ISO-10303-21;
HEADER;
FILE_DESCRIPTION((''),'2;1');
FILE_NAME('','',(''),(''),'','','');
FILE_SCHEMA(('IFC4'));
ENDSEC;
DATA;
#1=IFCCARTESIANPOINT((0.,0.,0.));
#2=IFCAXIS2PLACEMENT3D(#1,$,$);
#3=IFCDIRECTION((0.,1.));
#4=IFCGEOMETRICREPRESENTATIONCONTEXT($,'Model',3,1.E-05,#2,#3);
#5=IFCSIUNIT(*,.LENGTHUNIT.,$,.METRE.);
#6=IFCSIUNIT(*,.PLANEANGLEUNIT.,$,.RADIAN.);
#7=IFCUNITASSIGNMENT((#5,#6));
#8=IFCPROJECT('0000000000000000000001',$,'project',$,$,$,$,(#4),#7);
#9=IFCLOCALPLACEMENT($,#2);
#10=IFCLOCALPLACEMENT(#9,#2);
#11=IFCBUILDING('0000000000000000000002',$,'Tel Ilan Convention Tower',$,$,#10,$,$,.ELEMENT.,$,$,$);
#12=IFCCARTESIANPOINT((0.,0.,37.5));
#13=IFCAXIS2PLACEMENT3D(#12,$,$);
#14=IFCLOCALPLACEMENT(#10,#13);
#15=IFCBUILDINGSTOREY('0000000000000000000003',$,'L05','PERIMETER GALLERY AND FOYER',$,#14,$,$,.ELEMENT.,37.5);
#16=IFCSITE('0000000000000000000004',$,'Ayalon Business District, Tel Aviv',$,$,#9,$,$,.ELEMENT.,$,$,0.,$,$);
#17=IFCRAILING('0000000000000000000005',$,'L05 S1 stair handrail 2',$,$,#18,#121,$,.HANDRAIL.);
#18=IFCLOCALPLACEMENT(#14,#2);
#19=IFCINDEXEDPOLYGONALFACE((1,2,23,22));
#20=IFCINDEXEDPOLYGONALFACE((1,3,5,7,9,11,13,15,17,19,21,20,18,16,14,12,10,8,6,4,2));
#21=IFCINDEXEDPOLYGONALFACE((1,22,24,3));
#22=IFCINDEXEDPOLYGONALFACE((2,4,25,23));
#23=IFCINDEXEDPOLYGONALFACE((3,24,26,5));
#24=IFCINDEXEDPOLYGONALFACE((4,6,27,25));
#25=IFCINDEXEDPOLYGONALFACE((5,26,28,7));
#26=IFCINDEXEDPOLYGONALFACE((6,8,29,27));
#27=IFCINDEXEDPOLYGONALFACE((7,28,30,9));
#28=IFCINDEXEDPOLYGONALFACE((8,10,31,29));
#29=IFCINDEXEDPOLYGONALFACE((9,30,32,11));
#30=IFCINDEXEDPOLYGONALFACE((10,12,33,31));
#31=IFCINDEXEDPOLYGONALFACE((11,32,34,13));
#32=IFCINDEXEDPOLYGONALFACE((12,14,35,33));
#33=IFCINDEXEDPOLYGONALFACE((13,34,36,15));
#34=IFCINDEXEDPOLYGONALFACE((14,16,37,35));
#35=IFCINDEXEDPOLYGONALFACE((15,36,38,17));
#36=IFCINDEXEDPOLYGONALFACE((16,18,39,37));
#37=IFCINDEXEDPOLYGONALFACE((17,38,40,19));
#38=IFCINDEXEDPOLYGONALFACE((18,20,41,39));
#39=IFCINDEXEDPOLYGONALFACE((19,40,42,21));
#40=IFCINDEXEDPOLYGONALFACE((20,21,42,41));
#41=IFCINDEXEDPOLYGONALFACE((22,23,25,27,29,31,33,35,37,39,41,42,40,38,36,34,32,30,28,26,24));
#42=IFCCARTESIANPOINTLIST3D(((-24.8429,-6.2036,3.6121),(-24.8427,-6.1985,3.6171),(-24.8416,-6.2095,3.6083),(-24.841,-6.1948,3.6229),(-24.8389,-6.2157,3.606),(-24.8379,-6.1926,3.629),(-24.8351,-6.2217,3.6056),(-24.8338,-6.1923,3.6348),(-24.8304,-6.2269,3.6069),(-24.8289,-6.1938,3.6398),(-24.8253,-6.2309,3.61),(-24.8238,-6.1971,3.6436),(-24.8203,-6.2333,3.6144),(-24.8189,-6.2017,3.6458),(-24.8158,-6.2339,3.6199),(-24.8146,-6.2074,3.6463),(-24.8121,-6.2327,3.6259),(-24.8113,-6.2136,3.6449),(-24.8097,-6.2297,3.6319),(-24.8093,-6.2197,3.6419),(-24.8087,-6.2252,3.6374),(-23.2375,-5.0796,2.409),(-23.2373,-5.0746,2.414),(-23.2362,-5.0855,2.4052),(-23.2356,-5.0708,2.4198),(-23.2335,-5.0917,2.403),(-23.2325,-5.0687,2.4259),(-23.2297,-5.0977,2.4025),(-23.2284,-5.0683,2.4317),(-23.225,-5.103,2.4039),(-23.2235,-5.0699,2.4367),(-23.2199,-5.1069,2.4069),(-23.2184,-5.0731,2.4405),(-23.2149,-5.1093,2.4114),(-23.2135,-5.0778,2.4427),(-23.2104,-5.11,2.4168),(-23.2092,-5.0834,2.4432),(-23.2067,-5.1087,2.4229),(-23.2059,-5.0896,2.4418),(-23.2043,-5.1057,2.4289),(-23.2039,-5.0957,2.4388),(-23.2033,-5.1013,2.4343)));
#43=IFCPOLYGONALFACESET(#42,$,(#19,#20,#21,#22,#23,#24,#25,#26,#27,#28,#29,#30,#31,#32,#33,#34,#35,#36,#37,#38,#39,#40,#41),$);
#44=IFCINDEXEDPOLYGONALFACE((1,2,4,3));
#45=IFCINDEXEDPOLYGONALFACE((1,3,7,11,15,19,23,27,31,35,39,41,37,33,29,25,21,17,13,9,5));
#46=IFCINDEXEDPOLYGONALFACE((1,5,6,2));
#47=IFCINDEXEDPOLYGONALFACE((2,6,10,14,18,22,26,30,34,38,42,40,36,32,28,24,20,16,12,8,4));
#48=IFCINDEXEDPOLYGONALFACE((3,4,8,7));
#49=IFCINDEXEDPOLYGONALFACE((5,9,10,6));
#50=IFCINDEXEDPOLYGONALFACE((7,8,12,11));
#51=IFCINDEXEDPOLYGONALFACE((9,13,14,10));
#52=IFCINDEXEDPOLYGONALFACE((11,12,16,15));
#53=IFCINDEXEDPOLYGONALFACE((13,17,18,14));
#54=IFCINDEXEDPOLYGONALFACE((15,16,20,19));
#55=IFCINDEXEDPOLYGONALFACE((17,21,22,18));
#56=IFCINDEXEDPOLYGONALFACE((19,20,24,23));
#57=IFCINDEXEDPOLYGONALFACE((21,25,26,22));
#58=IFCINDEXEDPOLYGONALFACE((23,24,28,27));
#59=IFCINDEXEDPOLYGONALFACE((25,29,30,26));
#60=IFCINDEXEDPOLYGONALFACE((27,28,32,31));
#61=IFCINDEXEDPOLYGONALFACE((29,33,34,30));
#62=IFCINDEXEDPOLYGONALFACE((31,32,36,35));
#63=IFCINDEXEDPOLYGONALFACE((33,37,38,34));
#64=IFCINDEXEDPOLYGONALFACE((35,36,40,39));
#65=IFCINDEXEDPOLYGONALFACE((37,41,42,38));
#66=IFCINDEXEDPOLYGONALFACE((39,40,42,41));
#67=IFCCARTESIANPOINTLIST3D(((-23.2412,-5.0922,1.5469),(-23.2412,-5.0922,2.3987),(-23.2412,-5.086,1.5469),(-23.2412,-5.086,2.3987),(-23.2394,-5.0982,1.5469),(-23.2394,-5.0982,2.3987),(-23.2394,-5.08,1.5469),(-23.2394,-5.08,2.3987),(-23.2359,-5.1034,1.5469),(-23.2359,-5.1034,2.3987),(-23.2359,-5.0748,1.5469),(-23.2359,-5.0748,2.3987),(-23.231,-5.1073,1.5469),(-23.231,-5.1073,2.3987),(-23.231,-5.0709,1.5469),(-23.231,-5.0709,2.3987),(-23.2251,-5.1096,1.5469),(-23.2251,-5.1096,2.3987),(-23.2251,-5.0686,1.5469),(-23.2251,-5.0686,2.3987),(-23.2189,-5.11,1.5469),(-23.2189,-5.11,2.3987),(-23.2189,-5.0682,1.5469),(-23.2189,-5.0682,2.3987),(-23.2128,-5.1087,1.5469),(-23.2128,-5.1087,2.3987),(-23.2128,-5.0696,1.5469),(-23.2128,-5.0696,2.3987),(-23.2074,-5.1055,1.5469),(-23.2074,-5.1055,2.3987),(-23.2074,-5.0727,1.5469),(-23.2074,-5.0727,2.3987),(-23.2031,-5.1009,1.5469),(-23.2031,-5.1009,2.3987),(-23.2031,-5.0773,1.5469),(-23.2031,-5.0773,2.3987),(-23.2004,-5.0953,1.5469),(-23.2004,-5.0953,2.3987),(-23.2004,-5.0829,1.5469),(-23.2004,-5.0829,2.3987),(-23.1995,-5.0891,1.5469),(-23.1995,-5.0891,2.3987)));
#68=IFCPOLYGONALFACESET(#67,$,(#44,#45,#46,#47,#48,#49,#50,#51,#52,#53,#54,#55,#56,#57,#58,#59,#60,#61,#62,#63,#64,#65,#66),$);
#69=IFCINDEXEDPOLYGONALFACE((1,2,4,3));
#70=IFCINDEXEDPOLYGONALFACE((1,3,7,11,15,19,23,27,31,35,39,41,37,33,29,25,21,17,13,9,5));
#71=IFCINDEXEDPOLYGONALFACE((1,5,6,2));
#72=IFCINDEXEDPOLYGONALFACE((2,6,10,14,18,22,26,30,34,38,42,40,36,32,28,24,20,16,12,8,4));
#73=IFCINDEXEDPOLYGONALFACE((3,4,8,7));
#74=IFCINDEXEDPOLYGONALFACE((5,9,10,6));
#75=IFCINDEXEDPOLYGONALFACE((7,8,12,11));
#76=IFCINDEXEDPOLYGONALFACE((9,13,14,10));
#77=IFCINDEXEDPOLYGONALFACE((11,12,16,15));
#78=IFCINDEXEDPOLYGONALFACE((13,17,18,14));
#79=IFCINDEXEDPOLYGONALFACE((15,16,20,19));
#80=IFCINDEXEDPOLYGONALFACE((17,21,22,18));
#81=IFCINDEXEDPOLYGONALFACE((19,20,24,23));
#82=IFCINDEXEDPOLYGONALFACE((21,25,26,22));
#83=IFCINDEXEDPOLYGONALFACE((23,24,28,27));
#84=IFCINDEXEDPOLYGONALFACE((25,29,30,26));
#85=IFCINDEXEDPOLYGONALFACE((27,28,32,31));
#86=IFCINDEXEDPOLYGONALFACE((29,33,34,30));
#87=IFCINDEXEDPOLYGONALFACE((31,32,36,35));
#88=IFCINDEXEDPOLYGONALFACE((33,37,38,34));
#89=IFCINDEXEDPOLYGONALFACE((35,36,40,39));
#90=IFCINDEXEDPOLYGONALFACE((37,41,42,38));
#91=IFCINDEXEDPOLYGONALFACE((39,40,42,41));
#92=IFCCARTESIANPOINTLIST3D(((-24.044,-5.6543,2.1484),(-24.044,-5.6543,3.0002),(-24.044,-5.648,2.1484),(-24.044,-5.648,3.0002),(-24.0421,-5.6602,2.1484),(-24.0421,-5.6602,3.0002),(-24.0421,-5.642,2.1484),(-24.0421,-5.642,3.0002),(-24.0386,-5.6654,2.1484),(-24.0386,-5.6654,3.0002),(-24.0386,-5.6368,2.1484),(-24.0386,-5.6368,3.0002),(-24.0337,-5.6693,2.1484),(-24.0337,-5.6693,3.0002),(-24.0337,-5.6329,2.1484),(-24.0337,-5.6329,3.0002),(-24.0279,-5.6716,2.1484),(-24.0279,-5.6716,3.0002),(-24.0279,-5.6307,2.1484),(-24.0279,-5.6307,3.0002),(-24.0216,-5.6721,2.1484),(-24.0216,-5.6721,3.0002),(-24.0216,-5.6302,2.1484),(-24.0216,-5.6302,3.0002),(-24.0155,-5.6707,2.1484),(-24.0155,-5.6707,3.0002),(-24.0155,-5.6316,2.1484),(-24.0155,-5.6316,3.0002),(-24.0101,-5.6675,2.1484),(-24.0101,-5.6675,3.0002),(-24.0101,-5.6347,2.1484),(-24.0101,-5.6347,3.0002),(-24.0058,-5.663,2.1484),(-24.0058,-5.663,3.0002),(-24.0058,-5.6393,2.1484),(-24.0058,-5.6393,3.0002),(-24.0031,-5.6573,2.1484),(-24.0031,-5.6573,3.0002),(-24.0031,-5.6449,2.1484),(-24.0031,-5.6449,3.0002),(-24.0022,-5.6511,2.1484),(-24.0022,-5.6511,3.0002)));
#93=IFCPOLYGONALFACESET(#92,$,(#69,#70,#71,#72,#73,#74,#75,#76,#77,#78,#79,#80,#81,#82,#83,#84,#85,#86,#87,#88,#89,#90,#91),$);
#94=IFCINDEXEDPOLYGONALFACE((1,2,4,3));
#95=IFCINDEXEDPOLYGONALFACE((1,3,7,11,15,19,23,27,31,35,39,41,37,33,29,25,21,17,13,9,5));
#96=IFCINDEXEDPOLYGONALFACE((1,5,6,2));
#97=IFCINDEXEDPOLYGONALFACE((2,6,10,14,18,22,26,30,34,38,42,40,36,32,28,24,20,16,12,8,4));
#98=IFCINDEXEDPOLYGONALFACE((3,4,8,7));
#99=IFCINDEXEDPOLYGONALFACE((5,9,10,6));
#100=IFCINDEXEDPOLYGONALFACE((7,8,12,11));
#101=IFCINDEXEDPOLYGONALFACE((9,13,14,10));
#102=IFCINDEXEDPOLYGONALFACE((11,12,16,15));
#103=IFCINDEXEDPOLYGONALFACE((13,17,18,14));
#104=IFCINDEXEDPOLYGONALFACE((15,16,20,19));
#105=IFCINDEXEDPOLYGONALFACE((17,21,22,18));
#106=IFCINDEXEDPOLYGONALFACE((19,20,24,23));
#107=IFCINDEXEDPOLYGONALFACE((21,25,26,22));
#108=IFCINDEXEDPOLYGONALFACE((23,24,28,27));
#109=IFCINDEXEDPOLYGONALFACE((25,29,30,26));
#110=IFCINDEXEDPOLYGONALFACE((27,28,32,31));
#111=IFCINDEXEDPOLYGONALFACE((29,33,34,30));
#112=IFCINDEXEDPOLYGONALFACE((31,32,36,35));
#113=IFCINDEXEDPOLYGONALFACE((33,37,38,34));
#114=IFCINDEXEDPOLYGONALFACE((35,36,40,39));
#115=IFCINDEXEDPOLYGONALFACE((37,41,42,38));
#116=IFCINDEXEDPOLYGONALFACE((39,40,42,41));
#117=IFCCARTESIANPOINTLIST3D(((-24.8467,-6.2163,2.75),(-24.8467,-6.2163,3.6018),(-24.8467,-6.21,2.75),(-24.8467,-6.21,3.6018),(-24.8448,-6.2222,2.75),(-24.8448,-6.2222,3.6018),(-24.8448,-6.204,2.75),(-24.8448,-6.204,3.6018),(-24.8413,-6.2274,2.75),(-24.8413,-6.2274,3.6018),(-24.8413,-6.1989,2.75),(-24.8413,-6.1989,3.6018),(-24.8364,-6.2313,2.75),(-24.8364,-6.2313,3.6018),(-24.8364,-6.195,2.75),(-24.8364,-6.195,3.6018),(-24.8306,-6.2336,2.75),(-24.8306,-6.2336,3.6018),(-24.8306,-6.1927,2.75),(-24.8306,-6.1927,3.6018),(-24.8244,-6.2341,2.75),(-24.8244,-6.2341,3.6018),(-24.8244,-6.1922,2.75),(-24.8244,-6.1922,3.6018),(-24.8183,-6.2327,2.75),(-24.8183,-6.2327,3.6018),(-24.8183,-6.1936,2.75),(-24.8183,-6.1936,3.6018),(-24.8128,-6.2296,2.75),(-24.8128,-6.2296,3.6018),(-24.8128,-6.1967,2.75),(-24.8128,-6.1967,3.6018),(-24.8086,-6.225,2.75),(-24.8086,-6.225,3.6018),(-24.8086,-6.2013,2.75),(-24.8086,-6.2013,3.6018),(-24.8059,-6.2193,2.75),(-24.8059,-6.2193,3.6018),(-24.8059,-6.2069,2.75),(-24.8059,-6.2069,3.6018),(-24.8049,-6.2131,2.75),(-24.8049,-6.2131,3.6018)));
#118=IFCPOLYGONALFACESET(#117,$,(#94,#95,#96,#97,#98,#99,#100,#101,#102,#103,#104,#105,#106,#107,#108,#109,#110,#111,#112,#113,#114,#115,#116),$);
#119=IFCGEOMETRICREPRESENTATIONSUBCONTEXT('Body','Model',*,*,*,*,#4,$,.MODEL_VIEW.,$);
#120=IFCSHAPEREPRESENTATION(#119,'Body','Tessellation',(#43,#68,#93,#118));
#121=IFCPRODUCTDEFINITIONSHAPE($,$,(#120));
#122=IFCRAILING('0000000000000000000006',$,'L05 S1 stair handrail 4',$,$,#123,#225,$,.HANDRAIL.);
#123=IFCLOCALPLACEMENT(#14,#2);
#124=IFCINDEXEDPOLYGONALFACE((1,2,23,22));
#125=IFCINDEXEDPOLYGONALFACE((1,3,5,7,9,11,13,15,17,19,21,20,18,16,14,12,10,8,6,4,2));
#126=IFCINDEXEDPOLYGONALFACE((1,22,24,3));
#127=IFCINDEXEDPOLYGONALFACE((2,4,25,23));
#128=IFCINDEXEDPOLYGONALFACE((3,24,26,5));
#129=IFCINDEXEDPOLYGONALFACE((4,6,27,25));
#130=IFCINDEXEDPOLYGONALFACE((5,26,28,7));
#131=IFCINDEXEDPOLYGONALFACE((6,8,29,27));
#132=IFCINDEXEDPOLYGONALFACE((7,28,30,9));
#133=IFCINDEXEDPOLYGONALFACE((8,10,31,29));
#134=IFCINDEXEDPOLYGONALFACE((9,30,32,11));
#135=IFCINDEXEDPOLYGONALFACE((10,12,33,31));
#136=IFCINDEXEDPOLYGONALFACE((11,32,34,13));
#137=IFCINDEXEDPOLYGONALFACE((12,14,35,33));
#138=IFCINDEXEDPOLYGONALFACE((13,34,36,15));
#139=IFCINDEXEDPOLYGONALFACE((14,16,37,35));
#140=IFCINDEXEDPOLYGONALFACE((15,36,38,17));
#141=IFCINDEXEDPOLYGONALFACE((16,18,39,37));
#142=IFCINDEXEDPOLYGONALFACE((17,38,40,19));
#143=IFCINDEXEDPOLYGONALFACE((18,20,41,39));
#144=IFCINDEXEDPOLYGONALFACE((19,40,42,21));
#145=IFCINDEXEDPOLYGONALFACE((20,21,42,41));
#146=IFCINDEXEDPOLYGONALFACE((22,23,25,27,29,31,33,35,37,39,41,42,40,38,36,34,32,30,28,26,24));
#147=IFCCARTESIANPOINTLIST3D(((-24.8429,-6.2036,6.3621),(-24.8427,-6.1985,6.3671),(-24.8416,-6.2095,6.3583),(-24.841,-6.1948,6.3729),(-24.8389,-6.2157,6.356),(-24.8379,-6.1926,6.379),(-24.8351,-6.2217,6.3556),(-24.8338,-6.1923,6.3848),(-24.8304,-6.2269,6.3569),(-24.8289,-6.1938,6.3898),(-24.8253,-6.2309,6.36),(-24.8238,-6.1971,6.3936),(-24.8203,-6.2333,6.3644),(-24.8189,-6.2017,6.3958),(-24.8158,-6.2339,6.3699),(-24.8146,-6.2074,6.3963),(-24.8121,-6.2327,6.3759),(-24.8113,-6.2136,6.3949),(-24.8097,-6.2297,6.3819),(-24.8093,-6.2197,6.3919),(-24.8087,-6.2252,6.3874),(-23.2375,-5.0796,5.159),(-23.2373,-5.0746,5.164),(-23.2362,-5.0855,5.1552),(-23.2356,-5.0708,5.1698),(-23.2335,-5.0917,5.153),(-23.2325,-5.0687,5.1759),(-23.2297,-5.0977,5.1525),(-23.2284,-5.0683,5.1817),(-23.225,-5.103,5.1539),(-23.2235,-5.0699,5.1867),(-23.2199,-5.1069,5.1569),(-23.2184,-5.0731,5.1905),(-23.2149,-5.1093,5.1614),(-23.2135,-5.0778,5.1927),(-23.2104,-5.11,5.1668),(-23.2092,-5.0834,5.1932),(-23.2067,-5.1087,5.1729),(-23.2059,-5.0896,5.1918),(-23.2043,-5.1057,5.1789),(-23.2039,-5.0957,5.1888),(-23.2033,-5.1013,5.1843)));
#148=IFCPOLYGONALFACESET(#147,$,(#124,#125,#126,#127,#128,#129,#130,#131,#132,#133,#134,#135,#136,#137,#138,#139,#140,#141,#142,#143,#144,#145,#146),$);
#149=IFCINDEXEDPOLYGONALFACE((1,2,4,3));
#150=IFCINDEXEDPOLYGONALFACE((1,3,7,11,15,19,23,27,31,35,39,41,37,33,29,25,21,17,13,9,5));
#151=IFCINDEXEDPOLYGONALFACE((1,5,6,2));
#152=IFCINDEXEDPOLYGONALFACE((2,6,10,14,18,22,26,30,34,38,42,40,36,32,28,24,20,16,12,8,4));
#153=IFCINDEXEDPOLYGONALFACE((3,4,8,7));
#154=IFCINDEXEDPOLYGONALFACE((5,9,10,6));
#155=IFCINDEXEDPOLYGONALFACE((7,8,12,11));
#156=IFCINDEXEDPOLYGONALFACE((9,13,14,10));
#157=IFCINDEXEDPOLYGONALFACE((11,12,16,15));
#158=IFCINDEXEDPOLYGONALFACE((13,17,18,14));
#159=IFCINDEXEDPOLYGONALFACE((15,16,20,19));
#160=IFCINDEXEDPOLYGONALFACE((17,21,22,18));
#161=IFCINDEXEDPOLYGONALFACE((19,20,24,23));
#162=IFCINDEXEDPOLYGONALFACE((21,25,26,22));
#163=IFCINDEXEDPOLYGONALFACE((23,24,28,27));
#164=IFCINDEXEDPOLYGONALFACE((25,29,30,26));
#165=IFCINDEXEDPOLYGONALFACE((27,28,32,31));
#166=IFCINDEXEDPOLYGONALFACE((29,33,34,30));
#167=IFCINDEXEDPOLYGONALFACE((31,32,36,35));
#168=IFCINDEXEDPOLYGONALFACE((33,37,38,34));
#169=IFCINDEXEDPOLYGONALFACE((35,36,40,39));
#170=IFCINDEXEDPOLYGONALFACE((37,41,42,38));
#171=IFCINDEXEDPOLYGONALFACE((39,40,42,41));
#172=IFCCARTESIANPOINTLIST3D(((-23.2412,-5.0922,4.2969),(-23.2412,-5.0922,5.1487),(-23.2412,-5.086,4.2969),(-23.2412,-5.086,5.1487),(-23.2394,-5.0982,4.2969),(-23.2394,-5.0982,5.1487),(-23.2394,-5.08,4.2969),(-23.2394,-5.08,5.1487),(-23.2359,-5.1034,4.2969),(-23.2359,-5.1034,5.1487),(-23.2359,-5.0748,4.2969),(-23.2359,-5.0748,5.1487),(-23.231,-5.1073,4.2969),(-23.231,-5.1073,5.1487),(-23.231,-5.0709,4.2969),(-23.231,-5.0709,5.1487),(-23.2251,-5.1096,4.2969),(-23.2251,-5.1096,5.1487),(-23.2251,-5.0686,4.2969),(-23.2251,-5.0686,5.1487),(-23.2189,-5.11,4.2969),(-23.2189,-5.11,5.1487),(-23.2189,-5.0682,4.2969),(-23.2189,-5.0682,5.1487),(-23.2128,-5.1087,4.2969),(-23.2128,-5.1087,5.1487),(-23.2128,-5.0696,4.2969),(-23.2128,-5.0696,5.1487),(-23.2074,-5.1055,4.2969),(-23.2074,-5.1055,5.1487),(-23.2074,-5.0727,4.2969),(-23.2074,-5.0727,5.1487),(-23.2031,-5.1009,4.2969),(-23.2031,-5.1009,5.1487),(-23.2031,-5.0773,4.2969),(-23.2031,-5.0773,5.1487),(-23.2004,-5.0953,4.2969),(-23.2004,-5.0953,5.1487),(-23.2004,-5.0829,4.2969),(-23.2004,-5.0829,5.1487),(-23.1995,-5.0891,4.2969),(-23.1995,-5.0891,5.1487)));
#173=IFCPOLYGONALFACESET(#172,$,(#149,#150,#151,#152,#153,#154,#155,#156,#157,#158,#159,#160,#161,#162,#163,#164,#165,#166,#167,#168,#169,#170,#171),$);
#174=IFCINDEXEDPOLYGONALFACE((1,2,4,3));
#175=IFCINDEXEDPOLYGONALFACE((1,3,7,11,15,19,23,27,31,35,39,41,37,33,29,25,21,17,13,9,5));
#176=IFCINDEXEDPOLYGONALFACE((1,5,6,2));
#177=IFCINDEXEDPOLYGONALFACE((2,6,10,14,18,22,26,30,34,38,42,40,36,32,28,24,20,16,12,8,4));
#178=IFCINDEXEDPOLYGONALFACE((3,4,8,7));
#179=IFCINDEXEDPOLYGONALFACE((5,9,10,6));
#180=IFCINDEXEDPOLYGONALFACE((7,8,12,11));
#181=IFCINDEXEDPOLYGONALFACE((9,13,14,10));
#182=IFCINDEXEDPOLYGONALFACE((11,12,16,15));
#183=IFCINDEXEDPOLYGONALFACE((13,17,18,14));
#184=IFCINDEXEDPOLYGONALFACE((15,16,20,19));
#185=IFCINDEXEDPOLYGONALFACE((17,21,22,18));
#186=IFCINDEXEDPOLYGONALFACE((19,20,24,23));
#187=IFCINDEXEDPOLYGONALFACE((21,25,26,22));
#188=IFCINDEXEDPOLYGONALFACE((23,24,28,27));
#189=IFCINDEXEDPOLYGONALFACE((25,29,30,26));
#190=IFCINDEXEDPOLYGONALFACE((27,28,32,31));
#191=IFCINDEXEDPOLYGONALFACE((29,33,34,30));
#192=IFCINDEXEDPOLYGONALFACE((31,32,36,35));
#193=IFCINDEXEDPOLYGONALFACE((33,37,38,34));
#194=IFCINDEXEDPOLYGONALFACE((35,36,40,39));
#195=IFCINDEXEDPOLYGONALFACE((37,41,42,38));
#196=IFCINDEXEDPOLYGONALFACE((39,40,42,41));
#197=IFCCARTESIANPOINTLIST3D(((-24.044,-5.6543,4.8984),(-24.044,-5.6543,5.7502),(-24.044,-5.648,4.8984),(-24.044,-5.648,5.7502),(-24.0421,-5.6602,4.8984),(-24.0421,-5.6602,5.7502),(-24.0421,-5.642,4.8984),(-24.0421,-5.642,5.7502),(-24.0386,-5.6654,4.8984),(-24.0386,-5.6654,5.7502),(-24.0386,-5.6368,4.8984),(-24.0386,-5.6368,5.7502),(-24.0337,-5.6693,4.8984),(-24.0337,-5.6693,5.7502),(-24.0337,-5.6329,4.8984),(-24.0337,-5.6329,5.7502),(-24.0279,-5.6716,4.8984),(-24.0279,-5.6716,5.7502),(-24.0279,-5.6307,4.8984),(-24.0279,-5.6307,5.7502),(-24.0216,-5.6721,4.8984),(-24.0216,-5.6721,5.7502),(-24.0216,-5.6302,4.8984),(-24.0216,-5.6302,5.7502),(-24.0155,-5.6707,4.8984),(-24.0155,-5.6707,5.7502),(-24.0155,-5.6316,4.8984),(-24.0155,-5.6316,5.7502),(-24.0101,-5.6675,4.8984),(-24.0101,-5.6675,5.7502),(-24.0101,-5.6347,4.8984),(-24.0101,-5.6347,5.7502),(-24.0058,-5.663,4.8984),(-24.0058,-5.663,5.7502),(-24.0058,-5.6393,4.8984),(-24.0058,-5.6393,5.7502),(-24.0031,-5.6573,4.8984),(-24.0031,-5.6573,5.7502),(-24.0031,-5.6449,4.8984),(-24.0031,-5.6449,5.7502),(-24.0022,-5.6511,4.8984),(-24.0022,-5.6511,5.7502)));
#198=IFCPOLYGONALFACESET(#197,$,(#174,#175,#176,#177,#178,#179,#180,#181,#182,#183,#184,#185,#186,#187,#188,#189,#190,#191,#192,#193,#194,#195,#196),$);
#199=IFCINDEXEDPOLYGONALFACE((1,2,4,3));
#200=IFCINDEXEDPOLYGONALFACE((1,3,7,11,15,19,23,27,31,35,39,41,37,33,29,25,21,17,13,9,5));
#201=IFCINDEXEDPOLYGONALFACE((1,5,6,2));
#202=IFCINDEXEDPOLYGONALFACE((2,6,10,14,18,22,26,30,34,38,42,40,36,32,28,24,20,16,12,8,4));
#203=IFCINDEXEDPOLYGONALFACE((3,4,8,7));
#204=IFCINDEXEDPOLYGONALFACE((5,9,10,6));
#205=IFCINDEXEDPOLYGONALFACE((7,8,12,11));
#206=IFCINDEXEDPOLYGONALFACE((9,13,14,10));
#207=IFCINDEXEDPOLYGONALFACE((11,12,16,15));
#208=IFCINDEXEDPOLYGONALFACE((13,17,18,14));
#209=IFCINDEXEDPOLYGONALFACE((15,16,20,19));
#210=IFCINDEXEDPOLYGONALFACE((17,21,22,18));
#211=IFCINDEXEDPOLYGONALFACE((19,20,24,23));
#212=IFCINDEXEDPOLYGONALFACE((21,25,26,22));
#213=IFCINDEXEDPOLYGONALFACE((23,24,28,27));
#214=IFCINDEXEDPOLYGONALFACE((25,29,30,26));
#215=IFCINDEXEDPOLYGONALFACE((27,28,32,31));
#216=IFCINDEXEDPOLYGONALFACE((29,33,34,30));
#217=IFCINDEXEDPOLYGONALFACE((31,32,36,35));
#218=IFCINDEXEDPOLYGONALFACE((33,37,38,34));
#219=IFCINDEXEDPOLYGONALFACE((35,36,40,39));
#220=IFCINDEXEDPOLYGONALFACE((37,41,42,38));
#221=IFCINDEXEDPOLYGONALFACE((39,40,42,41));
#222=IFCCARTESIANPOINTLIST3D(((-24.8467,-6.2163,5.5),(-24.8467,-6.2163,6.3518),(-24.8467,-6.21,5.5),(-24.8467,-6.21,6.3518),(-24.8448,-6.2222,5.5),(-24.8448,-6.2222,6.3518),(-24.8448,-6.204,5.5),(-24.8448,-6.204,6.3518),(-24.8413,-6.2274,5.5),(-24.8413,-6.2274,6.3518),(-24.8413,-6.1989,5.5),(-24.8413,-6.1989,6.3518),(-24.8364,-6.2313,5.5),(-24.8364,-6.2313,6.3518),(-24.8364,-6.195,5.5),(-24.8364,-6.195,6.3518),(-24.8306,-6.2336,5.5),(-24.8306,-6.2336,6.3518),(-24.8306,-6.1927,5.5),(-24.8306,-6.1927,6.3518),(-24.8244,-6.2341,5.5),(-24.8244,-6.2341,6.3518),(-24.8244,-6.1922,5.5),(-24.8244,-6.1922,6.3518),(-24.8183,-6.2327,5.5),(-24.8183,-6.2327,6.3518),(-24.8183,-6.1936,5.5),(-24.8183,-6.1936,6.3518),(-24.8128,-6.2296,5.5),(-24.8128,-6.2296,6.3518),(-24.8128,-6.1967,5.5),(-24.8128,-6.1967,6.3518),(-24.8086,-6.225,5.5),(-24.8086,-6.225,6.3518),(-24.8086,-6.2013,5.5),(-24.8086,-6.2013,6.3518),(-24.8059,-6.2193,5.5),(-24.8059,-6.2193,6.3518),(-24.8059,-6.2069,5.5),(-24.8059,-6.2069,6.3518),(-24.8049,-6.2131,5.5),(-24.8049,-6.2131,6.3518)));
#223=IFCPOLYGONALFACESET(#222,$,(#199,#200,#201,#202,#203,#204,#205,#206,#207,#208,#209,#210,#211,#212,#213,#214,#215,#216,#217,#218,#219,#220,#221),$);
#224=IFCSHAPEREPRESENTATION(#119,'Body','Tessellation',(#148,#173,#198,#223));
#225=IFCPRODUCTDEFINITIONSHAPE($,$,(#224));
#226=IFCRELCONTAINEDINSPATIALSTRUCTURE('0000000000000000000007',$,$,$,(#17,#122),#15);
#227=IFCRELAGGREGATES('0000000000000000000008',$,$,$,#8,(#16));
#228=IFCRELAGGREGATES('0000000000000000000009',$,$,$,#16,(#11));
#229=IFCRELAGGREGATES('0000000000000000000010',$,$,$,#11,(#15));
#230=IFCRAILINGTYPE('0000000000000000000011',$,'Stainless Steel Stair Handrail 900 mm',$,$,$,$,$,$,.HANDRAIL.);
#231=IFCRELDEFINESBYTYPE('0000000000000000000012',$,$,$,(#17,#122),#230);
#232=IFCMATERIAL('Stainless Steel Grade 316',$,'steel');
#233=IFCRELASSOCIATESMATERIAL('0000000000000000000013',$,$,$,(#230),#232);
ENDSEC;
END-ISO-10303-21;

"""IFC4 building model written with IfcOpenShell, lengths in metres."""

from ifc_helpers import new_model, si_unit, direction, frame, origin, origin_2d, place, context, subcontext, project, spatial, circle, extrude, material, type_object, element, save


model = new_model("IFC4")

# Units and contexts
model_context = context("Model", 3, precision=1e-05, world=origin(), true_north=direction((0.0, 1.0)))
body_context = subcontext(model_context, "Body", "Model", "MODEL_VIEW")
ifc_project = project(units=[si_unit("LENGTHUNIT", "METRE"), si_unit("PLANEANGLEUNIT", "RADIAN")], contexts=[model_context])

# Site, building, storey
site_placement = place(None, origin())
site = spatial("IfcSite", under=ifc_project, at=site_placement, Name="Ayalon Business District, Tel Aviv", CompositionType="ELEMENT", RefElevation=0.0)
building_placement = place(site_placement, origin())
building = spatial("IfcBuilding", under=site, at=building_placement, Name="Tel Ilan Convention Tower", CompositionType="ELEMENT")
storey_placement = place(building_placement, frame((0.0, 0.0, 37.5)))
storey = spatial("IfcBuildingStorey", under=building, at=storey_placement, Name="L05", Description="PERIMETER GALLERY AND FOYER", CompositionType="ELEMENT", Elevation=37.5)

# Railings
ifc_material_1 = material(Name="Stainless Steel Grade 316", Category="steel")
railing_type_1 = type_object("IfcRailingType", Name="Stainless Steel Stair Handrail 900 mm", PredefinedType="HANDRAIL", material=ifc_material_1)
for number, where, name in (
    (1, (-23.2205, -5.0891, 1.5469), "L05 S1 stair handrail 2"),
    (2, (-23.2205, -5.0891, 4.2969), "L05 S1 stair handrail 4"),
):
    element("IfcRailing", number, at=place(storey_placement, frame(where)), inside=storey, type_object=railing_type_1, Name=name, PredefinedType="HANDRAIL", context=body_context, shape_type="SweptSolid", body=[
        extrude(circle(Radius=0.0239, at=origin_2d()), frame((0.0, 0.0, 0.876), z_axis=(-0.698131, -0.488777, 0.523174), x_axis=(0.573529, -0.819185, 0.0)), (0.0, 0.0, 1.0), 2.2996),
        extrude(circle(Radius=0.021, at=origin_2d()), origin(), (0.0, 0.0, 1.0), 0.8518),
        extrude(circle(Radius=0.021, at=origin_2d()), frame((-0.8027, -0.562, 0.6016)), (0.0, 0.0, 1.0), 0.8518),
        extrude(circle(Radius=0.021, at=origin_2d()), frame((-1.6055, -1.124, 1.2031)), (0.0, 0.0, 1.0), 0.8518),
    ])

save(model, "model.ifc")
